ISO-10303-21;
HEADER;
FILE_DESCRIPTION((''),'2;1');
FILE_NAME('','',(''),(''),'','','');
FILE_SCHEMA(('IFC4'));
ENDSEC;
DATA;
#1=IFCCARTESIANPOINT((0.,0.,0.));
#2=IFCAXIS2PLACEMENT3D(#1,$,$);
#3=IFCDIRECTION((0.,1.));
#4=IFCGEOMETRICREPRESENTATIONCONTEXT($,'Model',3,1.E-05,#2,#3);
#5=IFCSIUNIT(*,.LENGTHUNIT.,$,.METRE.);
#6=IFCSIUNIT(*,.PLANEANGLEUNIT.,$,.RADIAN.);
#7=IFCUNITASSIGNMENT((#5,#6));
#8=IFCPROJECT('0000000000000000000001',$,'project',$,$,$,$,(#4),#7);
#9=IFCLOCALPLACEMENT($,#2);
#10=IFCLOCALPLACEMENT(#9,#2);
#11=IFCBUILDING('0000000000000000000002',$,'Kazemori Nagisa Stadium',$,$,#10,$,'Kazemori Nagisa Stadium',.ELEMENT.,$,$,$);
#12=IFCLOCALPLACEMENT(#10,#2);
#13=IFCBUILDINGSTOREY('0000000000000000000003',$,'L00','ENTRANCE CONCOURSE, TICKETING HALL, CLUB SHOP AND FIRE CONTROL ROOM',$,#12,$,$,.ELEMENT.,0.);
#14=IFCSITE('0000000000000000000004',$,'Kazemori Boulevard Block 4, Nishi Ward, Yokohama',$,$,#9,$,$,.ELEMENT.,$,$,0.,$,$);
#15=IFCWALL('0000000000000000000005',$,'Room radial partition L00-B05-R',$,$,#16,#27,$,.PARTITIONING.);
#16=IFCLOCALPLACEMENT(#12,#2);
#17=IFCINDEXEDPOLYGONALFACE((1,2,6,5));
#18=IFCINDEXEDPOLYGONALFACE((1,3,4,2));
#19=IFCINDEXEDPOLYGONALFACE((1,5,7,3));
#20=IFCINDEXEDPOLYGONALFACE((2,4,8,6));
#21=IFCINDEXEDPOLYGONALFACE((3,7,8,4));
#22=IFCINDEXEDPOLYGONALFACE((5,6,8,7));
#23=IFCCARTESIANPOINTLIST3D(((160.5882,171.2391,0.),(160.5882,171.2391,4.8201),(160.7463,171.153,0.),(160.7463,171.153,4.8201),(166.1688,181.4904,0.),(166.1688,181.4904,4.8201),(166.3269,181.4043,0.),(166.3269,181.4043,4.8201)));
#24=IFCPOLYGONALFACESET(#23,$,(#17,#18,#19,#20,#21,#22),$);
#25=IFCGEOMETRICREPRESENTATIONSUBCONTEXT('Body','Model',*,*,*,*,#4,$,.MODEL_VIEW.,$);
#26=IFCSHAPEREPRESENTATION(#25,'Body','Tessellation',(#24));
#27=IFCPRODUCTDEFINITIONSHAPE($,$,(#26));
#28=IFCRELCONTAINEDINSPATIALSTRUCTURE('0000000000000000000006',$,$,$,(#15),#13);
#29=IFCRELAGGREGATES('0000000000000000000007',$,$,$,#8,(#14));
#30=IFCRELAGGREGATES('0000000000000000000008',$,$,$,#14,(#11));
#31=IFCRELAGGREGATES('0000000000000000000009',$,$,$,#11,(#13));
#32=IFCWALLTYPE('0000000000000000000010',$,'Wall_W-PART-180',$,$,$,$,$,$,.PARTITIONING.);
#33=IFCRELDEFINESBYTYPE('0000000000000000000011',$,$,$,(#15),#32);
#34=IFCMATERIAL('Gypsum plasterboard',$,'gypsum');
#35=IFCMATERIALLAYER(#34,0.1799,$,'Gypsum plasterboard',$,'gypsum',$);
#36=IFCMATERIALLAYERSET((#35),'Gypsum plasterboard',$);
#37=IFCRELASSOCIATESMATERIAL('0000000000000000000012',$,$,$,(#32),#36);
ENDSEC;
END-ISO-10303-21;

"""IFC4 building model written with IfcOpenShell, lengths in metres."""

from ifc_helpers import new_model, si_unit, direction, frame, frame_2d, origin, place, context, subcontext, project, spatial, rectangle, extrude, material, layer, layer_set, type_object, element, save


model = new_model("IFC4")

# Units and contexts
model_context = context("Model", 3, precision=1e-05, world=origin(), true_north=direction((0.0, 1.0)))
body_context = subcontext(model_context, "Body", "Model", "MODEL_VIEW")
ifc_project = project(units=[si_unit("LENGTHUNIT", "METRE"), si_unit("PLANEANGLEUNIT", "RADIAN")], contexts=[model_context])

# Site, building, storey
site_placement = place(None, origin())
site = spatial("IfcSite", under=ifc_project, at=site_placement, Name="Kazemori Boulevard Block 4, Nishi Ward, Yokohama", CompositionType="ELEMENT", RefElevation=0.0)
building_placement = place(site_placement, origin())
building = spatial("IfcBuilding", under=site, at=building_placement, Name="Kazemori Nagisa Stadium", LongName="Kazemori Nagisa Stadium", CompositionType="ELEMENT")
storey_placement = place(building_placement, origin())
storey = spatial("IfcBuildingStorey", under=building, at=storey_placement, Name="L00", Description="ENTRANCE CONCOURSE, TICKETING HALL, CLUB SHOP AND FIRE CONTROL ROOM", CompositionType="ELEMENT", Elevation=0.0)

# Shared definitions
ifc_material_1 = material(Name="Gypsum plasterboard", Category="gypsum")
ifc_layer_1 = layer(ifc_material_1, 0.1799, Name="Gypsum plasterboard", Category="gypsum")
ifc_layer_set_1 = layer_set([ifc_layer_1], Name="Gypsum plasterboard")
wall_type_1 = type_object("IfcWallType", Name="Wall_W-PART-180", PredefinedType="PARTITIONING", material=ifc_layer_set_1)

# Wall
wall_1_placement = place(storey_placement, frame((160.6672, 171.196, 0.0), z_axis=(0.0, 0.0, 1.0), x_axis=(0.478125, 0.878292, 0.0)))
element("IfcWall", 1, at=wall_1_placement, inside=storey, type_object=wall_type_1, Name="Room radial partition L00-B05-R", PredefinedType="PARTITIONING", context=body_context, shape_type="SweptSolid", body=[
    extrude(rectangle(XDim=11.6719, YDim=0.1799, at=frame_2d((5.8359, 0.0))), origin(), (0.0, 0.0, 1.0), 4.8201),
])

save(model, "model.ifc")
